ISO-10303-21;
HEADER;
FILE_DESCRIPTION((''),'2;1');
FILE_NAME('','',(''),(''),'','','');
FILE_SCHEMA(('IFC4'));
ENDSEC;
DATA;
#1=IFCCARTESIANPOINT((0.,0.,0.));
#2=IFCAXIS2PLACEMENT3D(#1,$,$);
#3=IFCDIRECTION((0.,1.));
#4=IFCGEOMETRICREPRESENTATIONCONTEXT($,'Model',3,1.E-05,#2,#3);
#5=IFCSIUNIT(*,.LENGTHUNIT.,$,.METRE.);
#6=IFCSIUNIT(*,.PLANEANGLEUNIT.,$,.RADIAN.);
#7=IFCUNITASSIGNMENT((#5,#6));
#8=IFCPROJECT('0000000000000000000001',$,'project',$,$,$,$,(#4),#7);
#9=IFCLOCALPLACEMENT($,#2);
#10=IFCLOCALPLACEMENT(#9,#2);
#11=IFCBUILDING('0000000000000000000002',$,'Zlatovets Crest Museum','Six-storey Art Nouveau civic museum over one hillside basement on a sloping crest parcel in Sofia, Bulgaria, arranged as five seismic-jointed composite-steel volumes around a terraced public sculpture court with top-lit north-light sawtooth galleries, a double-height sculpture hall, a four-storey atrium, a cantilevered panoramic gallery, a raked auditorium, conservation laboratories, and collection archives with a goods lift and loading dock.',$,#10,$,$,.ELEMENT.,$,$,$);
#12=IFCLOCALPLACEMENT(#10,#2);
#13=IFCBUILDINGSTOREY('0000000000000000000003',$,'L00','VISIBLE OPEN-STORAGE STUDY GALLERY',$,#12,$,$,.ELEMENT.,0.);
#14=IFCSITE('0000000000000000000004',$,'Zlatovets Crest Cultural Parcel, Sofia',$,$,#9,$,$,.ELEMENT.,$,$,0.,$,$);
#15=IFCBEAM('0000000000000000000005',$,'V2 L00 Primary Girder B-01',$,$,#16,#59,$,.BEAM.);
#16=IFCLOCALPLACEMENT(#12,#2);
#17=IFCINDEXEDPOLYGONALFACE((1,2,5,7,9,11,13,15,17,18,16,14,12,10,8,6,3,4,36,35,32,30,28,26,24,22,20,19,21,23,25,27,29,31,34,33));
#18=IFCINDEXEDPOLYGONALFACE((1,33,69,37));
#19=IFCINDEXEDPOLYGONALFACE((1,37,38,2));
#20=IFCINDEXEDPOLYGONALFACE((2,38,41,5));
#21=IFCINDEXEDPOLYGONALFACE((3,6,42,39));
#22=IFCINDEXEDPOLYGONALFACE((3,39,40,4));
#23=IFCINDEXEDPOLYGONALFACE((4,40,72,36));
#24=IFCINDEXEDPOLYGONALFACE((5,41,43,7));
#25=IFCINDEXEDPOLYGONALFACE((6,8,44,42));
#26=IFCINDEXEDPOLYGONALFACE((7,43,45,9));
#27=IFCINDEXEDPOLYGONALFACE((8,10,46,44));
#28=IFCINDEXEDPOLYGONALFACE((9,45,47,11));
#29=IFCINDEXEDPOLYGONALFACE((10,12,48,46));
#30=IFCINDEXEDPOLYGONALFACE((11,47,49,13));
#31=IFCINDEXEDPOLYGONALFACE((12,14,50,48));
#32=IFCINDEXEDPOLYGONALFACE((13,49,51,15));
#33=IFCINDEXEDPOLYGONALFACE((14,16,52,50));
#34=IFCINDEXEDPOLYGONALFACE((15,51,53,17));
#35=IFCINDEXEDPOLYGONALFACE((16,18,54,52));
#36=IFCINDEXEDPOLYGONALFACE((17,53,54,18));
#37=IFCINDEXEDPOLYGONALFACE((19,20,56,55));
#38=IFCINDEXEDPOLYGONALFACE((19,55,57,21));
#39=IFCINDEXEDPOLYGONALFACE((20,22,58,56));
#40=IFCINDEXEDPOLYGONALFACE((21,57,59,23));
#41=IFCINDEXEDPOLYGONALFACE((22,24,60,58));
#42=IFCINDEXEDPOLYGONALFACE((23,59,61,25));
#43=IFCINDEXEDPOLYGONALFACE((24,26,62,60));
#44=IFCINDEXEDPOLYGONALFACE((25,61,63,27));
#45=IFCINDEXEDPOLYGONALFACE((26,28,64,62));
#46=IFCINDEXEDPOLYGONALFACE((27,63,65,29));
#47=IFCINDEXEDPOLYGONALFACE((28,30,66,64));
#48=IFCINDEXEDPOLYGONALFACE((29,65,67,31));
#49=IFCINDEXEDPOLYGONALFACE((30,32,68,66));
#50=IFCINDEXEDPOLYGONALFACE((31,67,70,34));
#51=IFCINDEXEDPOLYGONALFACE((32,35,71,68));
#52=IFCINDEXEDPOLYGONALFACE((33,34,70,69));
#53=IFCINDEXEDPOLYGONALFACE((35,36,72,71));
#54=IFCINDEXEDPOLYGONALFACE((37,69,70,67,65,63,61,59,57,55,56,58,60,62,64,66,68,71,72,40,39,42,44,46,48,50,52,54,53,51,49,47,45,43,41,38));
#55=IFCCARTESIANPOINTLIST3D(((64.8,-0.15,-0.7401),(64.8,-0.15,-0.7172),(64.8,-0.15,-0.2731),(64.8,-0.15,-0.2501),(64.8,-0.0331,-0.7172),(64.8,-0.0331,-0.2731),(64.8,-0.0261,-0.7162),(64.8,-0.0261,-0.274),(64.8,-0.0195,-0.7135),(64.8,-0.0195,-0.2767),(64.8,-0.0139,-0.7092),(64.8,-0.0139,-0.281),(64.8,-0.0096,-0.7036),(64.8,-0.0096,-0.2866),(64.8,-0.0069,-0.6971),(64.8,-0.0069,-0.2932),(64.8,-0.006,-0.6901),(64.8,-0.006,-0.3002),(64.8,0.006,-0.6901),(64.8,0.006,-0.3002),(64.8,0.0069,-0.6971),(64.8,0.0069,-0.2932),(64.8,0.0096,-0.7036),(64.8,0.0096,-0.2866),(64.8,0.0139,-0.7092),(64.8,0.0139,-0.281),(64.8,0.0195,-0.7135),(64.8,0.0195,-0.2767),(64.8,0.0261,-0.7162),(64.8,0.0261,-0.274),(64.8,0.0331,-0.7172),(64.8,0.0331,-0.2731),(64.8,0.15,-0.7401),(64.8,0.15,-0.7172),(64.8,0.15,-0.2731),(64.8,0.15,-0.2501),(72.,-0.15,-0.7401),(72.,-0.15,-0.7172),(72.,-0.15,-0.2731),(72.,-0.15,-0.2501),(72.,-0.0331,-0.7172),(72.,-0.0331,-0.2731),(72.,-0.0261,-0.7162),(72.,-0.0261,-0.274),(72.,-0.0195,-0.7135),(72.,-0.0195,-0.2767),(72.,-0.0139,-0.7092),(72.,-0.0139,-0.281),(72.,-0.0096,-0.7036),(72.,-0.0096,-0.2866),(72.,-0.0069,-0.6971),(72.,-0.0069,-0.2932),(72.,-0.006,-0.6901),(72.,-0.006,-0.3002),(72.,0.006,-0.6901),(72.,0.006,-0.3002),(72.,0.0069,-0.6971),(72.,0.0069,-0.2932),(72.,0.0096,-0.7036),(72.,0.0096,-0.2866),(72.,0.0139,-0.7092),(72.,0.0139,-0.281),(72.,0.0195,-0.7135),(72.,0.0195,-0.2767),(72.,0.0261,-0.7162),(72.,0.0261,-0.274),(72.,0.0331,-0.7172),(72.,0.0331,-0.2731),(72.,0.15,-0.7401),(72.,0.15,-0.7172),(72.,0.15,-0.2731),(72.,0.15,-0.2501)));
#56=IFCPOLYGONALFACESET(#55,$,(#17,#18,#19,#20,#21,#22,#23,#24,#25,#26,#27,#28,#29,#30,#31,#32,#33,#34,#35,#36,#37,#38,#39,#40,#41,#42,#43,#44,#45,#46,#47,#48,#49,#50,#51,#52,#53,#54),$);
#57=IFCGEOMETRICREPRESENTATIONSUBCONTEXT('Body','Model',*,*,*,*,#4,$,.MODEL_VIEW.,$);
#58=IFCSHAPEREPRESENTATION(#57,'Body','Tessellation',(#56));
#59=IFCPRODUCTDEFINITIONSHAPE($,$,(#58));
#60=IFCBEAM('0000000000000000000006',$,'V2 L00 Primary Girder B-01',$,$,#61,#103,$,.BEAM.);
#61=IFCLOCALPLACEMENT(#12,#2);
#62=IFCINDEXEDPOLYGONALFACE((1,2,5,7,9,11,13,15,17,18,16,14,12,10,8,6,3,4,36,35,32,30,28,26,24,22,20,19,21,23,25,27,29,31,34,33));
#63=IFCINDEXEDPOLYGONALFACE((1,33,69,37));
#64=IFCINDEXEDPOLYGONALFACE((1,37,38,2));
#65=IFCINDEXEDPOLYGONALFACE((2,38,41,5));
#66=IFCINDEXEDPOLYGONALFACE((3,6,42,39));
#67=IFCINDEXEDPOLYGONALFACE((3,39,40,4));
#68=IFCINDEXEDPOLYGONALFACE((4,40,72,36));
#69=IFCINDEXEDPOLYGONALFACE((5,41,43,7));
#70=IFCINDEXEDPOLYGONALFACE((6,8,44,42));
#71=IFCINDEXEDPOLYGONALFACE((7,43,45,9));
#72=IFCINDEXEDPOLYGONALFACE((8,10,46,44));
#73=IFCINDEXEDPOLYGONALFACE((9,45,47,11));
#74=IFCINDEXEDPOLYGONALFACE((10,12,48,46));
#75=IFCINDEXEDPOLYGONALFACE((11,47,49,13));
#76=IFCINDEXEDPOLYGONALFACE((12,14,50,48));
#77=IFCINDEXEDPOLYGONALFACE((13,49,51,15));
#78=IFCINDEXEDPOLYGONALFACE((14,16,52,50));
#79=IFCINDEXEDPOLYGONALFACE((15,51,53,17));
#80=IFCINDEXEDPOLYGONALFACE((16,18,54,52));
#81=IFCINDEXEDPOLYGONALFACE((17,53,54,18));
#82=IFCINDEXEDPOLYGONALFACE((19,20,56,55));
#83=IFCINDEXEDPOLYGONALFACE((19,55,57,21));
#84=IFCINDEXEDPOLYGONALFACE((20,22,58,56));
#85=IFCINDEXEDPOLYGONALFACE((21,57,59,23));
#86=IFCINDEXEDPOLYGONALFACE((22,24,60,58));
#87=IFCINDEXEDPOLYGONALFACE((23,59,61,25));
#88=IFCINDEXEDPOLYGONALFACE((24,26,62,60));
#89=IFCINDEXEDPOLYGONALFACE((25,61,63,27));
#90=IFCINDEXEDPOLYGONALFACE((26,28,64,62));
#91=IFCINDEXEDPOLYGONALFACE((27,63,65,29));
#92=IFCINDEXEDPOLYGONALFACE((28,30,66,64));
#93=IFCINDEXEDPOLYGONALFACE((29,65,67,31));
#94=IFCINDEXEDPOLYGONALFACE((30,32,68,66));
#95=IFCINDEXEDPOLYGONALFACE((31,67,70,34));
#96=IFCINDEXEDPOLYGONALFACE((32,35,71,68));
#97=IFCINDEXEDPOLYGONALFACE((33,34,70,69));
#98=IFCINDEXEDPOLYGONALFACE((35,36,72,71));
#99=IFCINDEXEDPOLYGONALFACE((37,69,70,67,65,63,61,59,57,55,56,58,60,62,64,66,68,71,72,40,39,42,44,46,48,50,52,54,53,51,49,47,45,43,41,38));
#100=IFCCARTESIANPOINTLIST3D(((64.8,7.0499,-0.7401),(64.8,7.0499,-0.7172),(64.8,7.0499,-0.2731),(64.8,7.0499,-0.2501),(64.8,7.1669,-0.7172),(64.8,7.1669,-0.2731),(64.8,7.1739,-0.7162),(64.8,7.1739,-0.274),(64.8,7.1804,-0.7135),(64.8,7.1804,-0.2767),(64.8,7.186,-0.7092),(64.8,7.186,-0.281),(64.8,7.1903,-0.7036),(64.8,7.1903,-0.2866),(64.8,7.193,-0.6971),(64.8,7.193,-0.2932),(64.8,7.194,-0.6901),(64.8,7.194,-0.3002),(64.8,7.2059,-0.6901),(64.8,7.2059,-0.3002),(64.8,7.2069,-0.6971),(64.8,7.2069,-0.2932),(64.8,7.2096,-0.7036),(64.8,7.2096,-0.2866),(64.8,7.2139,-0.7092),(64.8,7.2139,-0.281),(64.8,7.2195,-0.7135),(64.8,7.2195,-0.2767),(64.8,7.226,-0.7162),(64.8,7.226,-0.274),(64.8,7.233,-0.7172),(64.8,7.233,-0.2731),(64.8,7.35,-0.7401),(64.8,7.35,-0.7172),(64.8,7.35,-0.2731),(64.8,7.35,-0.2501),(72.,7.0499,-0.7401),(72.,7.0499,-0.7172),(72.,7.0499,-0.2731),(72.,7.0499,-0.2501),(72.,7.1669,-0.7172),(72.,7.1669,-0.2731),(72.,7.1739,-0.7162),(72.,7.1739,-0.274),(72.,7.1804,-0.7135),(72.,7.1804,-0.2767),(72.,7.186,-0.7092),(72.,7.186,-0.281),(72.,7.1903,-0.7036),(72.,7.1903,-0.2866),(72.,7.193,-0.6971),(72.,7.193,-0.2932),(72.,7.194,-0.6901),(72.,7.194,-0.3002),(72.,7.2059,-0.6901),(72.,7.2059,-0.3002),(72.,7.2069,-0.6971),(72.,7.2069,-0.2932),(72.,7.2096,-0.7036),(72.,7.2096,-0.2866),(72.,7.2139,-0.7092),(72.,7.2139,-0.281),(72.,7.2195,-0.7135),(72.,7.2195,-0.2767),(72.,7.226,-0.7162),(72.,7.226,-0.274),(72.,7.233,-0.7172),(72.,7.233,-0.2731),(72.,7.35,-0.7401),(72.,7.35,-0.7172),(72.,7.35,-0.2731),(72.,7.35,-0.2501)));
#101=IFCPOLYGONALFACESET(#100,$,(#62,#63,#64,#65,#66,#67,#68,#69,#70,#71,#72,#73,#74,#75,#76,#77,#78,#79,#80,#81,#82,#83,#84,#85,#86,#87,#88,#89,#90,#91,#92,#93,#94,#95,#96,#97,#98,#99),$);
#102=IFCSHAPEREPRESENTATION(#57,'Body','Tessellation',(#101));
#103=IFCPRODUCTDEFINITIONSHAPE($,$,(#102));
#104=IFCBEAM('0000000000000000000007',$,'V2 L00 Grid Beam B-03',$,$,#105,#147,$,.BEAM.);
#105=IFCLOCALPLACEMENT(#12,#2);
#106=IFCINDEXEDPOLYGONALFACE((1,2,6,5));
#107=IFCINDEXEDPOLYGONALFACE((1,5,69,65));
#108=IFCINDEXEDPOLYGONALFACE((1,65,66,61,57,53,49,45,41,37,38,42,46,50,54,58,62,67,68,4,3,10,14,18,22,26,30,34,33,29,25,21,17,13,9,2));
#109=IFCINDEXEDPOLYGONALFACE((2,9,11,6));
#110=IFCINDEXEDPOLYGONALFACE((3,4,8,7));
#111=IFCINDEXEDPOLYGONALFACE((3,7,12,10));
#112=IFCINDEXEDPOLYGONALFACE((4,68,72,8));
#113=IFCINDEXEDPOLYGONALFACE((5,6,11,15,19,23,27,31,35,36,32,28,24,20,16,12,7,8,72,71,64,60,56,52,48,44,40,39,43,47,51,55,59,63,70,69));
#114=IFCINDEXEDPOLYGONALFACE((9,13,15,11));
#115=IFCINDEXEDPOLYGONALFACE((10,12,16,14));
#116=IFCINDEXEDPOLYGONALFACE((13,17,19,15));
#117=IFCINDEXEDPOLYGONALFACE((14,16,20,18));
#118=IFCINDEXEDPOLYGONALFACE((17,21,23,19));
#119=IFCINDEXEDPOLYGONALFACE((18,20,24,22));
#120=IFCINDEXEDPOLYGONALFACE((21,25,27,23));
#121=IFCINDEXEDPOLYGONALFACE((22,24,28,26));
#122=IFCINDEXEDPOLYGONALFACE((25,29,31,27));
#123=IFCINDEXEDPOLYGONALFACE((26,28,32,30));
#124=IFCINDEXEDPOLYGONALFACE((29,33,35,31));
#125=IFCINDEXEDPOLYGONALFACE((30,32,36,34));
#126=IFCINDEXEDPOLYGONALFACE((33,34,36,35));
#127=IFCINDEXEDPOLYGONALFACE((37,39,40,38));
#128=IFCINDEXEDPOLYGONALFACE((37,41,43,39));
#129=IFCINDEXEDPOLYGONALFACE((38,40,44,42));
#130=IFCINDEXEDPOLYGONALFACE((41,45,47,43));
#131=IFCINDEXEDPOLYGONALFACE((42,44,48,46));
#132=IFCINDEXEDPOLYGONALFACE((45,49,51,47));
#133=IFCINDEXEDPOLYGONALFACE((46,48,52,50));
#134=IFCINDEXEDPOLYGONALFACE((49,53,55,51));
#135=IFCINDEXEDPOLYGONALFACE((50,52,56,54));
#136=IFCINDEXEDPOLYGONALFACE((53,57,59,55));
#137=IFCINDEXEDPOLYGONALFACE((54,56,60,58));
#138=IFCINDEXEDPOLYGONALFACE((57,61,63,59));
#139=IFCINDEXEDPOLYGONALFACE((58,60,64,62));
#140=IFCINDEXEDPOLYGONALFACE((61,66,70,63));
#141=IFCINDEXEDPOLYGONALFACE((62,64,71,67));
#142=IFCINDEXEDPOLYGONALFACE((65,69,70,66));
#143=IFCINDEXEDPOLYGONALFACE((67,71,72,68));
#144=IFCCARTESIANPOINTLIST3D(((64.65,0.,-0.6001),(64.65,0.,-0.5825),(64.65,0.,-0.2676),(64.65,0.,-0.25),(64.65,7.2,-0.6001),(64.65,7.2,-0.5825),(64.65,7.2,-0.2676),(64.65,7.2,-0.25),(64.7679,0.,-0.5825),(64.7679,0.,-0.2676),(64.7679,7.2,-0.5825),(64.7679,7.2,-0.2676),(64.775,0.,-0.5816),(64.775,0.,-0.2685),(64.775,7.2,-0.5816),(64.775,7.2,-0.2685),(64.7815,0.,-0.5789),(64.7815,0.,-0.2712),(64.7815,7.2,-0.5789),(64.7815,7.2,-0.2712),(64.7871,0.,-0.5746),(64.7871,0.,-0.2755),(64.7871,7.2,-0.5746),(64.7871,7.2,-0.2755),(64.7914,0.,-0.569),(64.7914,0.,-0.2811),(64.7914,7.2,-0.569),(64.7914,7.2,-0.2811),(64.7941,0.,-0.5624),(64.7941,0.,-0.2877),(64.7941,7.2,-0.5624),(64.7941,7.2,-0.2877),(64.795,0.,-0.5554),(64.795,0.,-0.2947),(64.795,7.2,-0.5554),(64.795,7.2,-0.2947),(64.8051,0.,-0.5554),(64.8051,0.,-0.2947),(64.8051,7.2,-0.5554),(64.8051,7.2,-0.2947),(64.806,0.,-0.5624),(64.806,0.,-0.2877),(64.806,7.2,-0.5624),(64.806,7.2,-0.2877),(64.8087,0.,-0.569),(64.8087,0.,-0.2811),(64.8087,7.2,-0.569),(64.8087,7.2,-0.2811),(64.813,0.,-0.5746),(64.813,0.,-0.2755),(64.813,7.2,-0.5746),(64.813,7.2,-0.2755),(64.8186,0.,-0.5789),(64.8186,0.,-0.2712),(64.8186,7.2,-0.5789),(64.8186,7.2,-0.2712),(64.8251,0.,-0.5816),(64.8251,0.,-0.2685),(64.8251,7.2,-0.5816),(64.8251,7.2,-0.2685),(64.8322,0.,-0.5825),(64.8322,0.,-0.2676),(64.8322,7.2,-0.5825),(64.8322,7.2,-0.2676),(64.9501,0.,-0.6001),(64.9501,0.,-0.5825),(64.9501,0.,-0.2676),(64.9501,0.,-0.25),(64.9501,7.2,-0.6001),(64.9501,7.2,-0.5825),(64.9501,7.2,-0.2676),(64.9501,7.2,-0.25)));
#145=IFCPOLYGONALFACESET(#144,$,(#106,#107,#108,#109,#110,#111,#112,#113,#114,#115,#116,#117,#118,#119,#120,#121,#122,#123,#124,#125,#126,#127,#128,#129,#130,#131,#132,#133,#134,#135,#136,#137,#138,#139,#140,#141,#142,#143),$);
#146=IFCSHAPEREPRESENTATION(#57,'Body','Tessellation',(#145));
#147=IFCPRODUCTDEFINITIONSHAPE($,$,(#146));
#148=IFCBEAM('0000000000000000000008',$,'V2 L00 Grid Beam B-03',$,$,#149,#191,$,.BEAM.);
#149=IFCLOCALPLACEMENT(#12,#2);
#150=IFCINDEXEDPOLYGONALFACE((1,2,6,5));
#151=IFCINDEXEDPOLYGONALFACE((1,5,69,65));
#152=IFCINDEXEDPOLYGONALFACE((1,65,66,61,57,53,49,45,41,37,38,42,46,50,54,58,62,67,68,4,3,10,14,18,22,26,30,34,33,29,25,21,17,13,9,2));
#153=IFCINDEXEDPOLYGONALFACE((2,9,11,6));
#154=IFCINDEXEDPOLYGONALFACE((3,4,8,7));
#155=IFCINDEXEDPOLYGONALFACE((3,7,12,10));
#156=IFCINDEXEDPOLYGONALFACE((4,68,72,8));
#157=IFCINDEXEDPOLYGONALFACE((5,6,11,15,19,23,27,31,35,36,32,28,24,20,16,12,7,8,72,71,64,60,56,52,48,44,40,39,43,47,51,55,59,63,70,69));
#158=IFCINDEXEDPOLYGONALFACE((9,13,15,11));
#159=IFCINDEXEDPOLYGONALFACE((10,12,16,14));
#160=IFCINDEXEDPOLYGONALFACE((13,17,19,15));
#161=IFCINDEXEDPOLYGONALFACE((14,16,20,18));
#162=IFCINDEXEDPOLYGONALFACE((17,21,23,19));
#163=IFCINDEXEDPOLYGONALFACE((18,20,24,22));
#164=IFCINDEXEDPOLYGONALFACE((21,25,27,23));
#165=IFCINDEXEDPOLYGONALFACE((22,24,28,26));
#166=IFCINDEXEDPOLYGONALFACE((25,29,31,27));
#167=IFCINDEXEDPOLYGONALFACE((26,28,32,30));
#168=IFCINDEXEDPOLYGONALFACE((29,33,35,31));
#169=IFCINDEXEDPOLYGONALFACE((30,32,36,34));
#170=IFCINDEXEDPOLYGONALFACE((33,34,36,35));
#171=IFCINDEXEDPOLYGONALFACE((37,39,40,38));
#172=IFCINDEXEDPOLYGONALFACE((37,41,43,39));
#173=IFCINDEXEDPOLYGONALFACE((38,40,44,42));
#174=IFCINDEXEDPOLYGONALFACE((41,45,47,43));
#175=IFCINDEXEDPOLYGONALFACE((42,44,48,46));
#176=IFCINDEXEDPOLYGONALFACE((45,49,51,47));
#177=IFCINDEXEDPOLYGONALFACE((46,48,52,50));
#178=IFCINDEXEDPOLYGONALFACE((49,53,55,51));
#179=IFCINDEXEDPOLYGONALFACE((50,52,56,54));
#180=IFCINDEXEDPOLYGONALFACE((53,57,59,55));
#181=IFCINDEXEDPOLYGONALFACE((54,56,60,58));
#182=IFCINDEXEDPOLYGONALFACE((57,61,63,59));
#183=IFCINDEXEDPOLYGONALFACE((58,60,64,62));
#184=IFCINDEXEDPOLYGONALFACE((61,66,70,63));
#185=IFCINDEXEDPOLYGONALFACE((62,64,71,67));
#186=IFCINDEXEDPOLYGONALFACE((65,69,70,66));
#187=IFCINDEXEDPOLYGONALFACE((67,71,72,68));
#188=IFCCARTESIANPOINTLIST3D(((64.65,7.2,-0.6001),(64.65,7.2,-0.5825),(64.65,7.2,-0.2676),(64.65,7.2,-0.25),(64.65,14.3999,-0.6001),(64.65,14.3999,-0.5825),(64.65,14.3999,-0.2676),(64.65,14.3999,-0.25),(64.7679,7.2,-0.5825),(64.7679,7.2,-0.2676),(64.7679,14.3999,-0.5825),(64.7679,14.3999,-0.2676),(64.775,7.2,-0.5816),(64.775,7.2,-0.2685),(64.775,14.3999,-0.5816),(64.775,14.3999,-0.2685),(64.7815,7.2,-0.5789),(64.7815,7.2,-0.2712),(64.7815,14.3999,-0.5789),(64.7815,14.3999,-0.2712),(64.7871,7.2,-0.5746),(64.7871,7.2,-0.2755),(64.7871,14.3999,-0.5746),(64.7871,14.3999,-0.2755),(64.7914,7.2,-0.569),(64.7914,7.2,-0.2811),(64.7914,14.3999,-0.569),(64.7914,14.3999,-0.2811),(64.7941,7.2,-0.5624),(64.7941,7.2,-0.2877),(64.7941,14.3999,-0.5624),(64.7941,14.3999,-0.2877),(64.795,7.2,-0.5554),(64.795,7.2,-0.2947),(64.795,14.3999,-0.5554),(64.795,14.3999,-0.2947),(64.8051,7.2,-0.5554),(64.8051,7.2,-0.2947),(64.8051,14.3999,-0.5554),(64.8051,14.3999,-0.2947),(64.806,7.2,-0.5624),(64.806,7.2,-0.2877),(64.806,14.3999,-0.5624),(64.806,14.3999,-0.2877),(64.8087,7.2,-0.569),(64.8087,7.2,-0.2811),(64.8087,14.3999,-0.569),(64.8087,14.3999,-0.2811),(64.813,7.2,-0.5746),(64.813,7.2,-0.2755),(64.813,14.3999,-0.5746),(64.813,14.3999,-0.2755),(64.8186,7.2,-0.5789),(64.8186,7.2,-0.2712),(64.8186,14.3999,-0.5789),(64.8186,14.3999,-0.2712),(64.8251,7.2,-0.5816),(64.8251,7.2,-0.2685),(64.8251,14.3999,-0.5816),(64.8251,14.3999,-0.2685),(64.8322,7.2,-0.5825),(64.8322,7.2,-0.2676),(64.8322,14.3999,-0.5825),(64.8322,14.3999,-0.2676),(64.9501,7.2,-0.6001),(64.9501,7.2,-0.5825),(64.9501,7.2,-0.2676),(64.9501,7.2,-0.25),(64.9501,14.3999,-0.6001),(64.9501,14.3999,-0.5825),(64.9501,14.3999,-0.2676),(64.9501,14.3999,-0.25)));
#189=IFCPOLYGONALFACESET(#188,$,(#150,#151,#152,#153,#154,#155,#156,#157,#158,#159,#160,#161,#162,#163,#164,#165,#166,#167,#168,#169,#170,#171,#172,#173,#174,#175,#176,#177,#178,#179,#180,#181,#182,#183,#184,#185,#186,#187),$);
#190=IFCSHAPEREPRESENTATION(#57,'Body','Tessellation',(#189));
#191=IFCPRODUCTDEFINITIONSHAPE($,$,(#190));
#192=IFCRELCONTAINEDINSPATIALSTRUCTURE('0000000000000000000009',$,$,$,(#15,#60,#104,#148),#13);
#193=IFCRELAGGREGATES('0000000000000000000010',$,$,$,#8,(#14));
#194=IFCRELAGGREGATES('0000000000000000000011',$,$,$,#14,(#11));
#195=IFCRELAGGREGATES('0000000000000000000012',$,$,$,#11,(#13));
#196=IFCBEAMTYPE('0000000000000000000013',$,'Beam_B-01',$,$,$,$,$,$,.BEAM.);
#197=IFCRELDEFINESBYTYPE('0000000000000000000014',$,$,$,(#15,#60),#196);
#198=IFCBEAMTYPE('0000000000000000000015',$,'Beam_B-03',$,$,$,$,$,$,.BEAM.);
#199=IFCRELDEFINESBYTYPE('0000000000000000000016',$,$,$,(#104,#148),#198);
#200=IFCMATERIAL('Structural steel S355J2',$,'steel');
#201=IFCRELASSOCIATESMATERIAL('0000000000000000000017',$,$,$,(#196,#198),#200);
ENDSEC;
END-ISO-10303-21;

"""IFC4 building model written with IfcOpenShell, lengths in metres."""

from ifc_helpers import new_model, si_unit, direction, frame, origin, origin_2d, place, context, subcontext, project, spatial, i_section, extrude, material, material_profile, profile_set, type_object, element, save


model = new_model("IFC4")

# Units and contexts
model_context = context("Model", 3, precision=1e-05, world=origin(), true_north=direction((0.0, 1.0)))
body_context = subcontext(model_context, "Body", "Model", "MODEL_VIEW")
ifc_project = project(units=[si_unit("LENGTHUNIT", "METRE"), si_unit("PLANEANGLEUNIT", "RADIAN")], contexts=[model_context])

# Site, building, storey
site_placement = place(None, origin())
site = spatial("IfcSite", under=ifc_project, at=site_placement, Name="Zlatovets Crest Cultural Parcel, Sofia", CompositionType="ELEMENT", RefElevation=0.0)
building_placement = place(site_placement, origin())
building = spatial("IfcBuilding", under=site, at=building_placement, Name="Zlatovets Crest Museum", Description="Six-storey Art Nouveau civic museum over one hillside basement on a sloping crest parcel in Sofia, Bulgaria, arranged as five seismic-jointed composite-steel volumes around a terraced public sculpture court with top-lit north-light sawtooth galleries, a double-height sculpture hall, a four-storey atrium, a cantilevered panoramic gallery, a raked auditorium, conservation laboratories, and collection archives with a goods lift and loading dock.", CompositionType="ELEMENT")
storey_placement = place(building_placement, origin())
storey = spatial("IfcBuildingStorey", under=building, at=storey_placement, Name="L00", Description="VISIBLE OPEN-STORAGE STUDY GALLERY", CompositionType="ELEMENT", Elevation=0.0)

# Shared definitions
ifc_material_1 = material(Name="Structural steel S355J2", Category="steel")

# Beams
ifc_material_profile_1 = material_profile(ifc_material_1, i_section(OverallWidth=0.3, OverallDepth=0.49, WebThickness=0.012, FlangeThickness=0.0229, FilletRadius=0.0271, at=origin_2d()), Name="HEA 500")
ifc_profile_set_1 = profile_set([ifc_material_profile_1], Name="Structural steel S355J2")
beam_type_1 = type_object("IfcBeamType", Name="Beam_B-01", PredefinedType="BEAM", material=ifc_profile_set_1)
for number, where, z_axis, x_axis, name in (
    (1, (64.8, 0.0, -0.4951), (1.0, 0.0, 0.0), (0.0, 1.0, 0.0), "V2 L00 Primary Girder B-01"),
    (2, (64.8, 7.2, -0.4951), (1.0, 0.0, 0.0), (0.0, 1.0, 0.0), "V2 L00 Primary Girder B-01"),
):
    element("IfcBeam", number, at=place(storey_placement, frame(where, z_axis=z_axis, x_axis=x_axis)), inside=storey, type_object=beam_type_1, Name=name, PredefinedType="BEAM", context=body_context, shape_type="SweptSolid", body=[
        extrude(i_section(OverallWidth=0.3, OverallDepth=0.49, WebThickness=0.012, FlangeThickness=0.0229, FilletRadius=0.0271, at=origin_2d()), origin(), (0.0, 0.0, 1.0), 7.2),
    ])
ifc_material_profile_2 = material_profile(ifc_material_1, i_section(OverallWidth=0.3, OverallDepth=0.3501, WebThickness=0.01, FlangeThickness=0.0176, FilletRadius=0.0271, at=origin_2d()), Name="HEA 360")
ifc_profile_set_2 = profile_set([ifc_material_profile_2], Name="Structural steel S355J2")
beam_type_2 = type_object("IfcBeamType", Name="Beam_B-03", PredefinedType="BEAM", material=ifc_profile_set_2)
for number, where, z_axis, x_axis, name in (
    (3, (64.8, 0.0, -0.425), (0.0, 1.0, 0.0), (-1.0, 0.0, 0.0), "V2 L00 Grid Beam B-03"),
    (4, (64.8, 7.2, -0.425), (0.0, 1.0, 0.0), (-1.0, 0.0, 0.0), "V2 L00 Grid Beam B-03"),
):
    element("IfcBeam", number, at=place(storey_placement, frame(where, z_axis=z_axis, x_axis=x_axis)), inside=storey, type_object=beam_type_2, Name=name, PredefinedType="BEAM", context=body_context, shape_type="SweptSolid", body=[
        extrude(i_section(OverallWidth=0.3, OverallDepth=0.3501, WebThickness=0.01, FlangeThickness=0.0176, FilletRadius=0.0271, at=origin_2d()), origin(), (0.0, 0.0, 1.0), 7.2),
    ])

save(model, "model.ifc")
